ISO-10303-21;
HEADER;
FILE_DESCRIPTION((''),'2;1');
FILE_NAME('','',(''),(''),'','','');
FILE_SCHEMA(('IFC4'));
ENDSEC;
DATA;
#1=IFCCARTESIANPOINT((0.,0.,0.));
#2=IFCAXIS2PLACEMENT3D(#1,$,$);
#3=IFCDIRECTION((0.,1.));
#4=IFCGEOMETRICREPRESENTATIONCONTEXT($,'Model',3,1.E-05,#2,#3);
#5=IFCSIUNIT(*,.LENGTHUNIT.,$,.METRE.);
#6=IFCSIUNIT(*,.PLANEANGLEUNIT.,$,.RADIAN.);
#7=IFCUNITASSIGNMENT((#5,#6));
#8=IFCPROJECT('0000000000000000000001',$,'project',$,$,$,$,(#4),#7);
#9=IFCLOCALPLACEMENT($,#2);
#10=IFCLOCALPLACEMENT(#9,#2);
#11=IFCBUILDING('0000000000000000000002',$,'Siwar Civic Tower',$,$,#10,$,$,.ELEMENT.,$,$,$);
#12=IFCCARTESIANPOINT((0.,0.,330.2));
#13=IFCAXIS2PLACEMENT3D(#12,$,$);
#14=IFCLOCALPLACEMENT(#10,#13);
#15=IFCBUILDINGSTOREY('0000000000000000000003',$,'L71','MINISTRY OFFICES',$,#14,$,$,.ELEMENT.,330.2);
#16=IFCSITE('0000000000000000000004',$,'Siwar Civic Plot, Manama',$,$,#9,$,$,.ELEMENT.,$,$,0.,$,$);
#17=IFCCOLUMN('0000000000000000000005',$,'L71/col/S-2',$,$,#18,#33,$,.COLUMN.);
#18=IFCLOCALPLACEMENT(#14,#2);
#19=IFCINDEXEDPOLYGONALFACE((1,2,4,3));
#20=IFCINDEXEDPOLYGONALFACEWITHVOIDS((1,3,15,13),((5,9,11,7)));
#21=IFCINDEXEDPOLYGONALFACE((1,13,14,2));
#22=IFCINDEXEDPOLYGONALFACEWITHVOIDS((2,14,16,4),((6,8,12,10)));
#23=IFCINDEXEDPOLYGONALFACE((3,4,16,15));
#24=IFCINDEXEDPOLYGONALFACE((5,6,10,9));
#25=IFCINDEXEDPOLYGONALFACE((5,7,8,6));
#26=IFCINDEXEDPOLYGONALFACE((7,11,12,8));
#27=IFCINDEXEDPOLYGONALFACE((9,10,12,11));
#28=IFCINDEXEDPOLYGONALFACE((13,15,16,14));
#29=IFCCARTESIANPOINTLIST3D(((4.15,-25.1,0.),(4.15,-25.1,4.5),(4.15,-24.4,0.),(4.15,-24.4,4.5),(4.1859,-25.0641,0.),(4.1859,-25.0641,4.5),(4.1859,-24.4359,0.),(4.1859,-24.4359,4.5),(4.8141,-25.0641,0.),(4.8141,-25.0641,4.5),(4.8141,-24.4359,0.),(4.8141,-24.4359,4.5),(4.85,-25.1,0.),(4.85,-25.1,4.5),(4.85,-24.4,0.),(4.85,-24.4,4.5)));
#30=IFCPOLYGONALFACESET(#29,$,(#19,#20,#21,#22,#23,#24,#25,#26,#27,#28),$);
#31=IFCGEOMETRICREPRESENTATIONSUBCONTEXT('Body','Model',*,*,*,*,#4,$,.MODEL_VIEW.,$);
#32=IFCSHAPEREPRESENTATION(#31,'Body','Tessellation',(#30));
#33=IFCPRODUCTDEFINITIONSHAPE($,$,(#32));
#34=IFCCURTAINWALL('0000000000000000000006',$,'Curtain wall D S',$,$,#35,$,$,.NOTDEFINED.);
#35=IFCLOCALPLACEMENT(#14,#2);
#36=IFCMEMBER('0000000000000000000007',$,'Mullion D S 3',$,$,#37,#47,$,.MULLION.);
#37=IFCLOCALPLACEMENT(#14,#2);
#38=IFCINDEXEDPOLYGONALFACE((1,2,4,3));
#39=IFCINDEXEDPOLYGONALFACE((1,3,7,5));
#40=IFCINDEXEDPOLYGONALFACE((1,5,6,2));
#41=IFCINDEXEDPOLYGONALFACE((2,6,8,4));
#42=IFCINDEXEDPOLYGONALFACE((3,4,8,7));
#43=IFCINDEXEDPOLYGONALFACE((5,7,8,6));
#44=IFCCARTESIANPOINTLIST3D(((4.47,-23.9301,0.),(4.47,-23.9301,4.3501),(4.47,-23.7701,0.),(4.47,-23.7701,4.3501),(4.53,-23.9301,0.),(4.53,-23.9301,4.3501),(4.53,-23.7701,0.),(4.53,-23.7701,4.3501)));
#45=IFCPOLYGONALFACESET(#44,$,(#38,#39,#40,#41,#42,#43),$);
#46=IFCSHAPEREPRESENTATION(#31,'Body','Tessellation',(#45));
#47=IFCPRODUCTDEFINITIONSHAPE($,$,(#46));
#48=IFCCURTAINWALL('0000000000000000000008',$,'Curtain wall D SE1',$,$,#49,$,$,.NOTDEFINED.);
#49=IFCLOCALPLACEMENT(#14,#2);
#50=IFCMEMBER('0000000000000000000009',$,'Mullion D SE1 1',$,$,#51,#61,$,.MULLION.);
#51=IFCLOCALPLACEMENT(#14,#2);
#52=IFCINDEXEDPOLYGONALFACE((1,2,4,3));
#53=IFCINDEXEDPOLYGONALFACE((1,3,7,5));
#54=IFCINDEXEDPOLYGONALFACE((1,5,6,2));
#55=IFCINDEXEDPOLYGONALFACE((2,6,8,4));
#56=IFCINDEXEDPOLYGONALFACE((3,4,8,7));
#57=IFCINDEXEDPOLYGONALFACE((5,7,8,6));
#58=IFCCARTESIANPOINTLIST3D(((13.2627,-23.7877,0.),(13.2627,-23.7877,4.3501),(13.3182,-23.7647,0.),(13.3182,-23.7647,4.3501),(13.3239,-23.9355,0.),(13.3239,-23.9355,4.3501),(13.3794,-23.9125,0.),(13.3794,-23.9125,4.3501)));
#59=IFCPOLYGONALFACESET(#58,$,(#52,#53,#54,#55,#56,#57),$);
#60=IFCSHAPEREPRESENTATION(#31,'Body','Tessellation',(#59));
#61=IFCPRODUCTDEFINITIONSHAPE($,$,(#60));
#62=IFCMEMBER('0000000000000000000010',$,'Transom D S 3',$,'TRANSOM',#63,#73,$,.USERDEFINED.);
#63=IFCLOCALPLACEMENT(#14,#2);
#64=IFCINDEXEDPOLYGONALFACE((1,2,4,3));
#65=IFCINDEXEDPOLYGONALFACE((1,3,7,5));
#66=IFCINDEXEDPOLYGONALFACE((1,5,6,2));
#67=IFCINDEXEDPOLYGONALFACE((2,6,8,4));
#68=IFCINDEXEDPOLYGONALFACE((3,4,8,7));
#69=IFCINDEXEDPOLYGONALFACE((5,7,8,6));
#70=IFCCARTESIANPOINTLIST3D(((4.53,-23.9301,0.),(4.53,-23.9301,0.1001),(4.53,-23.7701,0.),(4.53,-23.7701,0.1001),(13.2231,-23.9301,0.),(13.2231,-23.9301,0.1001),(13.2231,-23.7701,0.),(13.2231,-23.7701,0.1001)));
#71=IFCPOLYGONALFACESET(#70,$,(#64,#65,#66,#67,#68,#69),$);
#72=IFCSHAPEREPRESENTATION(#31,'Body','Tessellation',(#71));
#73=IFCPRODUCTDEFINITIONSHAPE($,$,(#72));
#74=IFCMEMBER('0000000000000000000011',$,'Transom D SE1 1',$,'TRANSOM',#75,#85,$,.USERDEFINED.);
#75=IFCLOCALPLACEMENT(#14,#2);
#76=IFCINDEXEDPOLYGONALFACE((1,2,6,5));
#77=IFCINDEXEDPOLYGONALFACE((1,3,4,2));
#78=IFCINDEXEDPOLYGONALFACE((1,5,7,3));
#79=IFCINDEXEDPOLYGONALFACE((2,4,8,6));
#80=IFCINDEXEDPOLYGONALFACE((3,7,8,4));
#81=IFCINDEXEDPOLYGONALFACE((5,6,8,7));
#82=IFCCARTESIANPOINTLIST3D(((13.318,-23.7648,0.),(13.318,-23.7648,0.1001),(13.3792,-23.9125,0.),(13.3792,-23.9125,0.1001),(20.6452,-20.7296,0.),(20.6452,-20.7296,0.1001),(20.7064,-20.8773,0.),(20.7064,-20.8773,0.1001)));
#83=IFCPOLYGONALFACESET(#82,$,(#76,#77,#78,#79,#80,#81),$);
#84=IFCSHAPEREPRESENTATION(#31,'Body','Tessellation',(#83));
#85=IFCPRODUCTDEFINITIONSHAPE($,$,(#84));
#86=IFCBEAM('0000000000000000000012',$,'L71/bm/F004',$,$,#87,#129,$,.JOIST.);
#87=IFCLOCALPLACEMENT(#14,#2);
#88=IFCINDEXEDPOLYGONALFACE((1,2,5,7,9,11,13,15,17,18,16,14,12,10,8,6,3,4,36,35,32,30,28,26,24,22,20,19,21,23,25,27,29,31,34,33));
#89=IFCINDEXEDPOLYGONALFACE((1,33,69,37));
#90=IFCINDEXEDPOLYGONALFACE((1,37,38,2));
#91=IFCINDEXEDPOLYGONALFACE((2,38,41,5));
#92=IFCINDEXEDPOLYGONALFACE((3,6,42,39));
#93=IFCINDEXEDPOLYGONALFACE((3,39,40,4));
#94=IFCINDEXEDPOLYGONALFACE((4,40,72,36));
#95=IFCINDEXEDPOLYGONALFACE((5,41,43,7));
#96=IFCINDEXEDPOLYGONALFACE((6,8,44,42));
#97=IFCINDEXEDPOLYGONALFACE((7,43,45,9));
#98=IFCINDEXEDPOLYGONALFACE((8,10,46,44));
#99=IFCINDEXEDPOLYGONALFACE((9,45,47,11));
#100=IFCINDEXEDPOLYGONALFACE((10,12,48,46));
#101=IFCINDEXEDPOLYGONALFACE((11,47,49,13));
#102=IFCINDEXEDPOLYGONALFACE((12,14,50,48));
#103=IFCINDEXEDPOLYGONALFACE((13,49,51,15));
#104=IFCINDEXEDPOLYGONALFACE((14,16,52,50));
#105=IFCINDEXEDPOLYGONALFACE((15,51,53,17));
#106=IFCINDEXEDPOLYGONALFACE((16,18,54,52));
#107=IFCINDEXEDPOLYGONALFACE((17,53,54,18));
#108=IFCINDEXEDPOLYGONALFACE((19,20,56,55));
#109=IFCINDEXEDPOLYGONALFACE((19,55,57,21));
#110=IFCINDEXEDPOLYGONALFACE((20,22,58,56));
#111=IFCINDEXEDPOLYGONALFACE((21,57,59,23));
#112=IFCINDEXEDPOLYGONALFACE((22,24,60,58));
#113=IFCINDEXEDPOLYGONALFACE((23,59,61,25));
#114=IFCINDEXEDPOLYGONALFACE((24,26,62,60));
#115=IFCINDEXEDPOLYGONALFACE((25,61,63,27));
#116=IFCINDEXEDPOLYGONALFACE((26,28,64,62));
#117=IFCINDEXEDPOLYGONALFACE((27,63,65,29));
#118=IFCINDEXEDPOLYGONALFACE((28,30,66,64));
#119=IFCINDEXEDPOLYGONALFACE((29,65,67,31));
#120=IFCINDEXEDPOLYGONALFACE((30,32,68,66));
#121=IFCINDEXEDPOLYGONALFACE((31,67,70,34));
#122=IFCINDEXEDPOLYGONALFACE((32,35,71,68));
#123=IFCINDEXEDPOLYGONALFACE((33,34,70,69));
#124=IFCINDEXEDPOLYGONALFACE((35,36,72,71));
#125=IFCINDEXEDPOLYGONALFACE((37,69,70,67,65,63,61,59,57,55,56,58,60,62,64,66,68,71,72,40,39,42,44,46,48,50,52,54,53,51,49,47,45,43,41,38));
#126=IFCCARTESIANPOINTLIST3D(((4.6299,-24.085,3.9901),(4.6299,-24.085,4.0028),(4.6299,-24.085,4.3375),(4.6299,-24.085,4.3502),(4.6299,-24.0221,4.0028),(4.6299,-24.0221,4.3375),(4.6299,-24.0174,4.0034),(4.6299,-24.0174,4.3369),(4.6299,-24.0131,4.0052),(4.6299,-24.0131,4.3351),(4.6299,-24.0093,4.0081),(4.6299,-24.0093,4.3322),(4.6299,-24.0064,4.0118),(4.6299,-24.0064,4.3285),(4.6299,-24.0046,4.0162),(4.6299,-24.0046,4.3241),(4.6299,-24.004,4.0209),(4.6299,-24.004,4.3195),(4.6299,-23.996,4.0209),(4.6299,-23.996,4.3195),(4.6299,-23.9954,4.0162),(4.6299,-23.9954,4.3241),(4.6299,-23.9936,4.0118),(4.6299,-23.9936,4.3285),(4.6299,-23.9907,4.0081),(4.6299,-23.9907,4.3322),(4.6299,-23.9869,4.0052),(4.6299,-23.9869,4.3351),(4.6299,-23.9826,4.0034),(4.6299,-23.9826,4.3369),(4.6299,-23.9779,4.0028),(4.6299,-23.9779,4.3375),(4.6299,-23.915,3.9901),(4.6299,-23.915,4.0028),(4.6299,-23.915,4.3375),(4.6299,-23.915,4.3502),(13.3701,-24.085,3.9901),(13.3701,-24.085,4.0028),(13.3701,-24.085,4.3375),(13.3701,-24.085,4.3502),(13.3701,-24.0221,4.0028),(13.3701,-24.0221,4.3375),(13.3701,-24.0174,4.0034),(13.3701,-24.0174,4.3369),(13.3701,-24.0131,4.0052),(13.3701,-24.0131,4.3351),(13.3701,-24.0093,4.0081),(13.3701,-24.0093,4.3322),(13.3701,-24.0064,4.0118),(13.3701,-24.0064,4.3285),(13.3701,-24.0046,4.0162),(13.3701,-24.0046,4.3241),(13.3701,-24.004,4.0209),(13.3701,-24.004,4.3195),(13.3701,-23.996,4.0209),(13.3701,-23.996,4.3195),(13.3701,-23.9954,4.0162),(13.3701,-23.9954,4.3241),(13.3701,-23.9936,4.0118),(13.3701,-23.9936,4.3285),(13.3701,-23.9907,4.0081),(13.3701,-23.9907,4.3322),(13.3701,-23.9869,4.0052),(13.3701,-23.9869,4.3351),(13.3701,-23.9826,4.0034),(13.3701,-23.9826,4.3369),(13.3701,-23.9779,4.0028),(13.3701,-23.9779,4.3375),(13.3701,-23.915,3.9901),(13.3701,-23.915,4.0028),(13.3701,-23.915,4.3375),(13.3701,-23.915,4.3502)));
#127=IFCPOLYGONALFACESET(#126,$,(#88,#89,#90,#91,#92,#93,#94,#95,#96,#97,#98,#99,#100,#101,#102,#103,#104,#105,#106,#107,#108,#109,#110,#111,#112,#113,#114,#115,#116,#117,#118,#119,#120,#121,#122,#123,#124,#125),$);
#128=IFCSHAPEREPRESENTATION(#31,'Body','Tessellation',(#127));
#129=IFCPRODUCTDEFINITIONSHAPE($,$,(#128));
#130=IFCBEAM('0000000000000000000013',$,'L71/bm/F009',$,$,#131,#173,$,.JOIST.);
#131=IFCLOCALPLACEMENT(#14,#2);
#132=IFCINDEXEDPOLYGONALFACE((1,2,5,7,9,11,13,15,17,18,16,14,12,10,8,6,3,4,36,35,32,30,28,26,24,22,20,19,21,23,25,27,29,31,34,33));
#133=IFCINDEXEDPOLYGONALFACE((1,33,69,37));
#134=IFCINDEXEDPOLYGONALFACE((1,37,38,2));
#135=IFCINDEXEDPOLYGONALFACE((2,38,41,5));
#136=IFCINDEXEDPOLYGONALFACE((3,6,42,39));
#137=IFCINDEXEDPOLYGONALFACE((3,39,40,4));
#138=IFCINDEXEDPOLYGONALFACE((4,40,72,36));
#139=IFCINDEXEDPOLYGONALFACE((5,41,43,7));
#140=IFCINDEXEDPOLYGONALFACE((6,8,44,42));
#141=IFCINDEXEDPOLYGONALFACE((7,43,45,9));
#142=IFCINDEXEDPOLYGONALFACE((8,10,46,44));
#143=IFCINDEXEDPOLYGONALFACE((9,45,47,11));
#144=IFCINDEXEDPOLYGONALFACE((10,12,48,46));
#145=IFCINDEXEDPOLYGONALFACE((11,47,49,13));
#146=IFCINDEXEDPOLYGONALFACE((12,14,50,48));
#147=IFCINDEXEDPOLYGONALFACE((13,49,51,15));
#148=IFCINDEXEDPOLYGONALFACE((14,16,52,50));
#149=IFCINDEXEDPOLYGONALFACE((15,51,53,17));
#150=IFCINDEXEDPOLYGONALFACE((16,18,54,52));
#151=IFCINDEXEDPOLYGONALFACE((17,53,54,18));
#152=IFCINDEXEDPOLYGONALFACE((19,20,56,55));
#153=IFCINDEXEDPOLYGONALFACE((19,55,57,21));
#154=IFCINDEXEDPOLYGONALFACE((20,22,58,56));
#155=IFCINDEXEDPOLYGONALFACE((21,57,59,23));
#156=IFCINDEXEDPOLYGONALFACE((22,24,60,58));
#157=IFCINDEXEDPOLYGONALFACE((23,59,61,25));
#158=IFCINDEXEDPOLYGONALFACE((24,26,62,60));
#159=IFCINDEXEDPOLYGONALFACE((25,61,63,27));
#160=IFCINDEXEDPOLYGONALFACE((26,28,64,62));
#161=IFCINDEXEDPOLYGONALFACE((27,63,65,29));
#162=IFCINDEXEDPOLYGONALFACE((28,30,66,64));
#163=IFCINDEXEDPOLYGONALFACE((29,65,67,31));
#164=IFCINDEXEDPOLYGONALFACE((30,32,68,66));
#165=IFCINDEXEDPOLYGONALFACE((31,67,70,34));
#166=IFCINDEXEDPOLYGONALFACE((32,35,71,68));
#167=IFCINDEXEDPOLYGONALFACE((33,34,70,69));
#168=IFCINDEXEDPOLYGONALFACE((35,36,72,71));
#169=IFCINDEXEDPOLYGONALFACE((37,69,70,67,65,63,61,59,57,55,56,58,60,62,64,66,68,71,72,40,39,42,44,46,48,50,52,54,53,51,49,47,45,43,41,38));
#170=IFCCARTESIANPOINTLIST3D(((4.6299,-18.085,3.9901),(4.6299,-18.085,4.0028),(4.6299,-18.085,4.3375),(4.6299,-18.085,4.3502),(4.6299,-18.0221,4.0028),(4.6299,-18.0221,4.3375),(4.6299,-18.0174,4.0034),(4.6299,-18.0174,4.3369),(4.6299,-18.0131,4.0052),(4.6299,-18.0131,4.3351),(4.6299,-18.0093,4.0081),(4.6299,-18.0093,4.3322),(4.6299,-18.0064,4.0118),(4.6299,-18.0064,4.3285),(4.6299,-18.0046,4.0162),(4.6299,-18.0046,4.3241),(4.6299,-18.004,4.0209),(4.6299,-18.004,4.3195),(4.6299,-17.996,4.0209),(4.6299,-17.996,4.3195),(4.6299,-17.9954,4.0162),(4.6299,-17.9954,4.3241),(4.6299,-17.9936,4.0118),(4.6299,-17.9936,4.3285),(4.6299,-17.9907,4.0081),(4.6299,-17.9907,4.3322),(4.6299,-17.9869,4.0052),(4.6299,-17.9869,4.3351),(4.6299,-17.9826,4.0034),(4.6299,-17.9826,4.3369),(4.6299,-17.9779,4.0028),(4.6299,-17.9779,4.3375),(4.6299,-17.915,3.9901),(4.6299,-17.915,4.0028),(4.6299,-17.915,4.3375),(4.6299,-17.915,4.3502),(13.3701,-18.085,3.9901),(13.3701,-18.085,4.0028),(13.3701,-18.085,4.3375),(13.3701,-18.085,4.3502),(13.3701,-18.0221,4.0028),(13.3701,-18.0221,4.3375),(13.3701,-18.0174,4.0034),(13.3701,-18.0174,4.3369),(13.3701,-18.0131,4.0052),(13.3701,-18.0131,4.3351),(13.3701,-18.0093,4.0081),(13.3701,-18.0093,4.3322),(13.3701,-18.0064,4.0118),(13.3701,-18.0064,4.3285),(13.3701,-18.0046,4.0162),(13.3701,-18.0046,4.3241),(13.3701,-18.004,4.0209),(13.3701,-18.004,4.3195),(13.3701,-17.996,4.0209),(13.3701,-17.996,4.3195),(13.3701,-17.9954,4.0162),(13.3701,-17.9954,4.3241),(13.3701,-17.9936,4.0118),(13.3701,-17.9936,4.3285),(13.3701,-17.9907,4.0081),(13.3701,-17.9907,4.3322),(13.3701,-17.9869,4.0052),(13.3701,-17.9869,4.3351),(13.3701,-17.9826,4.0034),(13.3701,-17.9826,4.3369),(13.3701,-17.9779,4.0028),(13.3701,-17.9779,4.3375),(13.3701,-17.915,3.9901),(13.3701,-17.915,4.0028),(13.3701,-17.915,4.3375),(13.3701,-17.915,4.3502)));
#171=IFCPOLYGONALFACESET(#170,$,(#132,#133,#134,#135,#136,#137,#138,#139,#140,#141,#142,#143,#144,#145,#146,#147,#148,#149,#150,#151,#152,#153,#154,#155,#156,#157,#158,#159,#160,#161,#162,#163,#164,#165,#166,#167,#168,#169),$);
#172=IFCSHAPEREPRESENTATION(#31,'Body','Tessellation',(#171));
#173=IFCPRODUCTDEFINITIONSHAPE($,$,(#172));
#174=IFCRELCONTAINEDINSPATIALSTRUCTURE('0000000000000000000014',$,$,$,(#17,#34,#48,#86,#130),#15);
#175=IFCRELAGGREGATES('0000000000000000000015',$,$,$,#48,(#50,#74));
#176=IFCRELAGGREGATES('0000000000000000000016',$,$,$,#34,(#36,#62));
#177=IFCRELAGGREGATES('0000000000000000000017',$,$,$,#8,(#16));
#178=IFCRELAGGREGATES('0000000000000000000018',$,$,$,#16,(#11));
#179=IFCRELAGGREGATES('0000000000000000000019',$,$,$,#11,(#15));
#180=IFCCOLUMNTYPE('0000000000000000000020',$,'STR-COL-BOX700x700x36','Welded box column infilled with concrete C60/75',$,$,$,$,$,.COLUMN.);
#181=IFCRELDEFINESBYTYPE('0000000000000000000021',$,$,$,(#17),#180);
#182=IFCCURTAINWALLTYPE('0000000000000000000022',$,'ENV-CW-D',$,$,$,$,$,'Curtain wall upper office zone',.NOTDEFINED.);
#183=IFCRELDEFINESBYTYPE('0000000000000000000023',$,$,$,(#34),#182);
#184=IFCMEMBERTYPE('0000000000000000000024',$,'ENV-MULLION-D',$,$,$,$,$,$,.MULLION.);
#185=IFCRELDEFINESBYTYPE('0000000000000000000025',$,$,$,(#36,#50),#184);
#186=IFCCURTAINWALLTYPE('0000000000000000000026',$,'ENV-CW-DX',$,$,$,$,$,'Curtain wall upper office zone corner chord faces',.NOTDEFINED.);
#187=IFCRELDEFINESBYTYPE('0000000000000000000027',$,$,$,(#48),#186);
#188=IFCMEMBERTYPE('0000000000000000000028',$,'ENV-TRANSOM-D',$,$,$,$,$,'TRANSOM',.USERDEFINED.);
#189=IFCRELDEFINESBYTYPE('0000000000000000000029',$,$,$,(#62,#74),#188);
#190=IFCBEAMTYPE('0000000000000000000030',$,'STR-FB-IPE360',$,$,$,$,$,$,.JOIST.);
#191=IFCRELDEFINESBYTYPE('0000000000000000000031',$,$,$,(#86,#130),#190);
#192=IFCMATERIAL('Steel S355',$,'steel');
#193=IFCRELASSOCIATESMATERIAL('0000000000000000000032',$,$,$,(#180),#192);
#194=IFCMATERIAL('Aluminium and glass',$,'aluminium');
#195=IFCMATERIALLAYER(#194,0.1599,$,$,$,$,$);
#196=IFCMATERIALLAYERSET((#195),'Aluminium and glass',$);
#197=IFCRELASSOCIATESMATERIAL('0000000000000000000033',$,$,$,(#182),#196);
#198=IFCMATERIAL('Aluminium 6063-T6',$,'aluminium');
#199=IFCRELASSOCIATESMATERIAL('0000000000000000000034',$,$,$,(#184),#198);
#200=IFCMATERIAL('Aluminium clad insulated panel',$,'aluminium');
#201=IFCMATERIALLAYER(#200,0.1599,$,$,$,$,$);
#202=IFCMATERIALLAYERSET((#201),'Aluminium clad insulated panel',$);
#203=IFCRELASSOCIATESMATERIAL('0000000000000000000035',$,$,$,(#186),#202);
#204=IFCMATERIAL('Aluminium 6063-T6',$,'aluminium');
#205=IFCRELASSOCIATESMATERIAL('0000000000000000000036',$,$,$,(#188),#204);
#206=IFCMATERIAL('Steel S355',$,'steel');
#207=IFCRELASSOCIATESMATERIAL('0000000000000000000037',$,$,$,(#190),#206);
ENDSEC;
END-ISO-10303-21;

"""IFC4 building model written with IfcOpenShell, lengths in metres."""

from ifc_helpers import new_model, si_unit, direction, frame, origin, origin_2d, place, context, subcontext, project, spatial, rectangle, hollow_rectangle, i_section, extrude, material, layer, layer_set, material_profile, profile_set, type_object, element, aggregate, save


model = new_model("IFC4")

# Units and contexts
model_context = context("Model", 3, precision=1e-05, world=origin(), true_north=direction((0.0, 1.0)))
body_context = subcontext(model_context, "Body", "Model", "MODEL_VIEW")
ifc_project = project(units=[si_unit("LENGTHUNIT", "METRE"), si_unit("PLANEANGLEUNIT", "RADIAN")], contexts=[model_context])

# Site, building, storey
site_placement = place(None, origin())
site = spatial("IfcSite", under=ifc_project, at=site_placement, Name="Siwar Civic Plot, Manama", CompositionType="ELEMENT", RefElevation=0.0)
building_placement = place(site_placement, origin())
building = spatial("IfcBuilding", under=site, at=building_placement, Name="Siwar Civic Tower", CompositionType="ELEMENT")
storey_placement = place(building_placement, frame((0.0, 0.0, 330.2)))
storey = spatial("IfcBuildingStorey", under=building, at=storey_placement, Name="L71", Description="MINISTRY OFFICES", CompositionType="ELEMENT", Elevation=330.2)

# Column
ifc_material_1 = material(Name="Steel S355", Category="steel")
ifc_material_profile_1 = material_profile(ifc_material_1, hollow_rectangle(XDim=0.7, YDim=0.7, WallThickness=0.0359, at=origin_2d()), Name="BOX700x700x36")
ifc_profile_set_1 = profile_set([ifc_material_profile_1], Name="Steel S355")
column_type = type_object("IfcColumnType", Name="STR-COL-BOX700x700x36", Description="Welded box column infilled with concrete C60/75", PredefinedType="COLUMN", material=ifc_profile_set_1)
column_placement = place(storey_placement, frame((4.5, -24.75, 0.0), z_axis=(0.0, 0.0, 1.0), x_axis=(1.0, 0.0, 0.0)))
element("IfcColumn", 1, at=column_placement, inside=storey, type_object=column_type, Name="L71/col/S-2", PredefinedType="COLUMN", context=body_context, shape_type="SweptSolid", body=[
    extrude(hollow_rectangle(XDim=0.7, YDim=0.7, WallThickness=0.0359, at=origin_2d()), origin(), (0.0, 0.0, 1.0), 4.5),
])

# Curtain walls, members
ifc_material_2 = material(Name="Aluminium and glass", Category="aluminium")
ifc_layer_1 = layer(ifc_material_2, 0.1599)
ifc_layer_set_1 = layer_set([ifc_layer_1], Name="Aluminium and glass")
curtain_wall_type_1 = type_object("IfcCurtainWallType", Name="ENV-CW-D", ElementType="Curtain wall upper office zone", PredefinedType="NOTDEFINED", material=ifc_layer_set_1)
curtain_wall_1_placement = place(storey_placement, origin())
curtain_wall_1 = element("IfcCurtainWall", 2, at=curtain_wall_1_placement, inside=storey, type_object=curtain_wall_type_1, Name="Curtain wall D S", PredefinedType="NOTDEFINED")
ifc_material_3 = material(Name="Aluminium 6063-T6", Category="aluminium")
ifc_material_profile_2 = material_profile(ifc_material_3, rectangle(XDim=0.1599, YDim=0.0601, at=origin_2d()), Name="AL 160x60")
ifc_profile_set_2 = profile_set([ifc_material_profile_2], Name="Aluminium 6063-T6")
member_type_1 = type_object("IfcMemberType", Name="ENV-MULLION-D", PredefinedType="MULLION", material=ifc_profile_set_2)
member_1_placement = place(storey_placement, frame((4.5, -23.8501, 0.0), z_axis=(0.0, 0.0, 1.0), x_axis=(0.0, 1.0, 0.0)))
member_1 = element("IfcMember", 3, at=member_1_placement, type_object=member_type_1, Name="Mullion D S 3", PredefinedType="MULLION", context=body_context, shape_type="SweptSolid", body=[
    extrude(rectangle(XDim=0.1599, YDim=0.0601, at=origin_2d()), origin(), (0.0, 0.0, 1.0), 4.3501),
])
ifc_material_4 = material(Name="Aluminium clad insulated panel", Category="aluminium")
ifc_layer_2 = layer(ifc_material_4, 0.1599)
ifc_layer_set_2 = layer_set([ifc_layer_2], Name="Aluminium clad insulated panel")
curtain_wall_type_2 = type_object("IfcCurtainWallType", Name="ENV-CW-DX", ElementType="Curtain wall upper office zone corner chord faces", PredefinedType="NOTDEFINED", material=ifc_layer_set_2)
curtain_wall_2_placement = place(storey_placement, origin())
curtain_wall_2 = element("IfcCurtainWall", 4, at=curtain_wall_2_placement, inside=storey, type_object=curtain_wall_type_2, Name="Curtain wall D SE1", PredefinedType="NOTDEFINED")
member_2_placement = place(storey_placement, frame((13.321, -23.8501, 0.0), z_axis=(0.0, 0.0, 1.0), x_axis=(-0.382683, 0.92388, 0.0)))
member_2 = element("IfcMember", 5, at=member_2_placement, type_object=member_type_1, Name="Mullion D SE1 1", PredefinedType="MULLION", context=body_context, shape_type="SweptSolid", body=[
    extrude(rectangle(XDim=0.1599, YDim=0.0601, at=origin_2d()), origin(), (0.0, 0.0, 1.0), 4.3501),
])

# Members
ifc_material_5 = material(Name="Aluminium 6063-T6", Category="aluminium")
ifc_material_profile_3 = material_profile(ifc_material_5, rectangle(XDim=0.1599, YDim=0.1001, at=origin_2d()), Name="AL 160x100")
ifc_profile_set_3 = profile_set([ifc_material_profile_3], Name="Aluminium 6063-T6")
member_type_2 = type_object("IfcMemberType", Name="ENV-TRANSOM-D", ElementType="TRANSOM", PredefinedType="USERDEFINED", material=ifc_profile_set_3)
member_3_placement = place(storey_placement, frame((4.53, -23.8501, 0.05), z_axis=(1.0, 0.0, 0.0), x_axis=(0.0, 1.0, 0.0)))
member_3 = element("IfcMember", 6, at=member_3_placement, type_object=member_type_2, Name="Transom D S 3", ObjectType="TRANSOM", PredefinedType="USERDEFINED", context=body_context, shape_type="SweptSolid", body=[
    extrude(rectangle(XDim=0.1599, YDim=0.1001, at=origin_2d()), origin(), (0.0, 0.0, 1.0), 8.6931),
])
member_4_placement = place(storey_placement, frame((13.3486, -23.8386, 0.05), z_axis=(0.923873, 0.3827, 0.0), x_axis=(-0.3827, 0.923873, 0.0)))
member_4 = element("IfcMember", 7, at=member_4_placement, type_object=member_type_2, Name="Transom D SE1 1", ObjectType="TRANSOM", PredefinedType="USERDEFINED", context=body_context, shape_type="SweptSolid", body=[
    extrude(rectangle(XDim=0.1599, YDim=0.1001, at=origin_2d()), origin(), (0.0, 0.0, 1.0), 7.9309),
])
aggregate(curtain_wall_2, [member_2, member_4])

# Beams
ifc_material_6 = material(Name="Steel S355", Category="steel")
ifc_material_profile_4 = material_profile(ifc_material_6, i_section(OverallWidth=0.1699, OverallDepth=0.3601, WebThickness=0.0081, FlangeThickness=0.0127, FilletRadius=0.0181, at=origin_2d()), Name="IPE360")
ifc_profile_set_4 = profile_set([ifc_material_profile_4], Name="Steel S355")
beam_type_1 = type_object("IfcBeamType", Name="STR-FB-IPE360", PredefinedType="JOIST", material=ifc_profile_set_4)
for number, where, z_axis, x_axis, name in (
    (8, (4.6299, -24.0, 4.1702), (1.0, 0.0, 0.0), (0.0, 1.0, 0.0), "L71/bm/F004"),
    (9, (4.6299, -18.0, 4.1702), (1.0, 0.0, 0.0), (0.0, 1.0, 0.0), "L71/bm/F009"),
):
    element("IfcBeam", number, at=place(storey_placement, frame(where, z_axis=z_axis, x_axis=x_axis)), inside=storey, type_object=beam_type_1, Name=name, PredefinedType="JOIST", context=body_context, shape_type="SweptSolid", body=[
        extrude(i_section(OverallWidth=0.1699, OverallDepth=0.3601, WebThickness=0.0081, FlangeThickness=0.0127, FilletRadius=0.0181, at=origin_2d()), origin(), (0.0, 0.0, 1.0), 8.7402),
    ])

aggregate(curtain_wall_1, [member_1, member_3])

save(model, "model.ifc")
